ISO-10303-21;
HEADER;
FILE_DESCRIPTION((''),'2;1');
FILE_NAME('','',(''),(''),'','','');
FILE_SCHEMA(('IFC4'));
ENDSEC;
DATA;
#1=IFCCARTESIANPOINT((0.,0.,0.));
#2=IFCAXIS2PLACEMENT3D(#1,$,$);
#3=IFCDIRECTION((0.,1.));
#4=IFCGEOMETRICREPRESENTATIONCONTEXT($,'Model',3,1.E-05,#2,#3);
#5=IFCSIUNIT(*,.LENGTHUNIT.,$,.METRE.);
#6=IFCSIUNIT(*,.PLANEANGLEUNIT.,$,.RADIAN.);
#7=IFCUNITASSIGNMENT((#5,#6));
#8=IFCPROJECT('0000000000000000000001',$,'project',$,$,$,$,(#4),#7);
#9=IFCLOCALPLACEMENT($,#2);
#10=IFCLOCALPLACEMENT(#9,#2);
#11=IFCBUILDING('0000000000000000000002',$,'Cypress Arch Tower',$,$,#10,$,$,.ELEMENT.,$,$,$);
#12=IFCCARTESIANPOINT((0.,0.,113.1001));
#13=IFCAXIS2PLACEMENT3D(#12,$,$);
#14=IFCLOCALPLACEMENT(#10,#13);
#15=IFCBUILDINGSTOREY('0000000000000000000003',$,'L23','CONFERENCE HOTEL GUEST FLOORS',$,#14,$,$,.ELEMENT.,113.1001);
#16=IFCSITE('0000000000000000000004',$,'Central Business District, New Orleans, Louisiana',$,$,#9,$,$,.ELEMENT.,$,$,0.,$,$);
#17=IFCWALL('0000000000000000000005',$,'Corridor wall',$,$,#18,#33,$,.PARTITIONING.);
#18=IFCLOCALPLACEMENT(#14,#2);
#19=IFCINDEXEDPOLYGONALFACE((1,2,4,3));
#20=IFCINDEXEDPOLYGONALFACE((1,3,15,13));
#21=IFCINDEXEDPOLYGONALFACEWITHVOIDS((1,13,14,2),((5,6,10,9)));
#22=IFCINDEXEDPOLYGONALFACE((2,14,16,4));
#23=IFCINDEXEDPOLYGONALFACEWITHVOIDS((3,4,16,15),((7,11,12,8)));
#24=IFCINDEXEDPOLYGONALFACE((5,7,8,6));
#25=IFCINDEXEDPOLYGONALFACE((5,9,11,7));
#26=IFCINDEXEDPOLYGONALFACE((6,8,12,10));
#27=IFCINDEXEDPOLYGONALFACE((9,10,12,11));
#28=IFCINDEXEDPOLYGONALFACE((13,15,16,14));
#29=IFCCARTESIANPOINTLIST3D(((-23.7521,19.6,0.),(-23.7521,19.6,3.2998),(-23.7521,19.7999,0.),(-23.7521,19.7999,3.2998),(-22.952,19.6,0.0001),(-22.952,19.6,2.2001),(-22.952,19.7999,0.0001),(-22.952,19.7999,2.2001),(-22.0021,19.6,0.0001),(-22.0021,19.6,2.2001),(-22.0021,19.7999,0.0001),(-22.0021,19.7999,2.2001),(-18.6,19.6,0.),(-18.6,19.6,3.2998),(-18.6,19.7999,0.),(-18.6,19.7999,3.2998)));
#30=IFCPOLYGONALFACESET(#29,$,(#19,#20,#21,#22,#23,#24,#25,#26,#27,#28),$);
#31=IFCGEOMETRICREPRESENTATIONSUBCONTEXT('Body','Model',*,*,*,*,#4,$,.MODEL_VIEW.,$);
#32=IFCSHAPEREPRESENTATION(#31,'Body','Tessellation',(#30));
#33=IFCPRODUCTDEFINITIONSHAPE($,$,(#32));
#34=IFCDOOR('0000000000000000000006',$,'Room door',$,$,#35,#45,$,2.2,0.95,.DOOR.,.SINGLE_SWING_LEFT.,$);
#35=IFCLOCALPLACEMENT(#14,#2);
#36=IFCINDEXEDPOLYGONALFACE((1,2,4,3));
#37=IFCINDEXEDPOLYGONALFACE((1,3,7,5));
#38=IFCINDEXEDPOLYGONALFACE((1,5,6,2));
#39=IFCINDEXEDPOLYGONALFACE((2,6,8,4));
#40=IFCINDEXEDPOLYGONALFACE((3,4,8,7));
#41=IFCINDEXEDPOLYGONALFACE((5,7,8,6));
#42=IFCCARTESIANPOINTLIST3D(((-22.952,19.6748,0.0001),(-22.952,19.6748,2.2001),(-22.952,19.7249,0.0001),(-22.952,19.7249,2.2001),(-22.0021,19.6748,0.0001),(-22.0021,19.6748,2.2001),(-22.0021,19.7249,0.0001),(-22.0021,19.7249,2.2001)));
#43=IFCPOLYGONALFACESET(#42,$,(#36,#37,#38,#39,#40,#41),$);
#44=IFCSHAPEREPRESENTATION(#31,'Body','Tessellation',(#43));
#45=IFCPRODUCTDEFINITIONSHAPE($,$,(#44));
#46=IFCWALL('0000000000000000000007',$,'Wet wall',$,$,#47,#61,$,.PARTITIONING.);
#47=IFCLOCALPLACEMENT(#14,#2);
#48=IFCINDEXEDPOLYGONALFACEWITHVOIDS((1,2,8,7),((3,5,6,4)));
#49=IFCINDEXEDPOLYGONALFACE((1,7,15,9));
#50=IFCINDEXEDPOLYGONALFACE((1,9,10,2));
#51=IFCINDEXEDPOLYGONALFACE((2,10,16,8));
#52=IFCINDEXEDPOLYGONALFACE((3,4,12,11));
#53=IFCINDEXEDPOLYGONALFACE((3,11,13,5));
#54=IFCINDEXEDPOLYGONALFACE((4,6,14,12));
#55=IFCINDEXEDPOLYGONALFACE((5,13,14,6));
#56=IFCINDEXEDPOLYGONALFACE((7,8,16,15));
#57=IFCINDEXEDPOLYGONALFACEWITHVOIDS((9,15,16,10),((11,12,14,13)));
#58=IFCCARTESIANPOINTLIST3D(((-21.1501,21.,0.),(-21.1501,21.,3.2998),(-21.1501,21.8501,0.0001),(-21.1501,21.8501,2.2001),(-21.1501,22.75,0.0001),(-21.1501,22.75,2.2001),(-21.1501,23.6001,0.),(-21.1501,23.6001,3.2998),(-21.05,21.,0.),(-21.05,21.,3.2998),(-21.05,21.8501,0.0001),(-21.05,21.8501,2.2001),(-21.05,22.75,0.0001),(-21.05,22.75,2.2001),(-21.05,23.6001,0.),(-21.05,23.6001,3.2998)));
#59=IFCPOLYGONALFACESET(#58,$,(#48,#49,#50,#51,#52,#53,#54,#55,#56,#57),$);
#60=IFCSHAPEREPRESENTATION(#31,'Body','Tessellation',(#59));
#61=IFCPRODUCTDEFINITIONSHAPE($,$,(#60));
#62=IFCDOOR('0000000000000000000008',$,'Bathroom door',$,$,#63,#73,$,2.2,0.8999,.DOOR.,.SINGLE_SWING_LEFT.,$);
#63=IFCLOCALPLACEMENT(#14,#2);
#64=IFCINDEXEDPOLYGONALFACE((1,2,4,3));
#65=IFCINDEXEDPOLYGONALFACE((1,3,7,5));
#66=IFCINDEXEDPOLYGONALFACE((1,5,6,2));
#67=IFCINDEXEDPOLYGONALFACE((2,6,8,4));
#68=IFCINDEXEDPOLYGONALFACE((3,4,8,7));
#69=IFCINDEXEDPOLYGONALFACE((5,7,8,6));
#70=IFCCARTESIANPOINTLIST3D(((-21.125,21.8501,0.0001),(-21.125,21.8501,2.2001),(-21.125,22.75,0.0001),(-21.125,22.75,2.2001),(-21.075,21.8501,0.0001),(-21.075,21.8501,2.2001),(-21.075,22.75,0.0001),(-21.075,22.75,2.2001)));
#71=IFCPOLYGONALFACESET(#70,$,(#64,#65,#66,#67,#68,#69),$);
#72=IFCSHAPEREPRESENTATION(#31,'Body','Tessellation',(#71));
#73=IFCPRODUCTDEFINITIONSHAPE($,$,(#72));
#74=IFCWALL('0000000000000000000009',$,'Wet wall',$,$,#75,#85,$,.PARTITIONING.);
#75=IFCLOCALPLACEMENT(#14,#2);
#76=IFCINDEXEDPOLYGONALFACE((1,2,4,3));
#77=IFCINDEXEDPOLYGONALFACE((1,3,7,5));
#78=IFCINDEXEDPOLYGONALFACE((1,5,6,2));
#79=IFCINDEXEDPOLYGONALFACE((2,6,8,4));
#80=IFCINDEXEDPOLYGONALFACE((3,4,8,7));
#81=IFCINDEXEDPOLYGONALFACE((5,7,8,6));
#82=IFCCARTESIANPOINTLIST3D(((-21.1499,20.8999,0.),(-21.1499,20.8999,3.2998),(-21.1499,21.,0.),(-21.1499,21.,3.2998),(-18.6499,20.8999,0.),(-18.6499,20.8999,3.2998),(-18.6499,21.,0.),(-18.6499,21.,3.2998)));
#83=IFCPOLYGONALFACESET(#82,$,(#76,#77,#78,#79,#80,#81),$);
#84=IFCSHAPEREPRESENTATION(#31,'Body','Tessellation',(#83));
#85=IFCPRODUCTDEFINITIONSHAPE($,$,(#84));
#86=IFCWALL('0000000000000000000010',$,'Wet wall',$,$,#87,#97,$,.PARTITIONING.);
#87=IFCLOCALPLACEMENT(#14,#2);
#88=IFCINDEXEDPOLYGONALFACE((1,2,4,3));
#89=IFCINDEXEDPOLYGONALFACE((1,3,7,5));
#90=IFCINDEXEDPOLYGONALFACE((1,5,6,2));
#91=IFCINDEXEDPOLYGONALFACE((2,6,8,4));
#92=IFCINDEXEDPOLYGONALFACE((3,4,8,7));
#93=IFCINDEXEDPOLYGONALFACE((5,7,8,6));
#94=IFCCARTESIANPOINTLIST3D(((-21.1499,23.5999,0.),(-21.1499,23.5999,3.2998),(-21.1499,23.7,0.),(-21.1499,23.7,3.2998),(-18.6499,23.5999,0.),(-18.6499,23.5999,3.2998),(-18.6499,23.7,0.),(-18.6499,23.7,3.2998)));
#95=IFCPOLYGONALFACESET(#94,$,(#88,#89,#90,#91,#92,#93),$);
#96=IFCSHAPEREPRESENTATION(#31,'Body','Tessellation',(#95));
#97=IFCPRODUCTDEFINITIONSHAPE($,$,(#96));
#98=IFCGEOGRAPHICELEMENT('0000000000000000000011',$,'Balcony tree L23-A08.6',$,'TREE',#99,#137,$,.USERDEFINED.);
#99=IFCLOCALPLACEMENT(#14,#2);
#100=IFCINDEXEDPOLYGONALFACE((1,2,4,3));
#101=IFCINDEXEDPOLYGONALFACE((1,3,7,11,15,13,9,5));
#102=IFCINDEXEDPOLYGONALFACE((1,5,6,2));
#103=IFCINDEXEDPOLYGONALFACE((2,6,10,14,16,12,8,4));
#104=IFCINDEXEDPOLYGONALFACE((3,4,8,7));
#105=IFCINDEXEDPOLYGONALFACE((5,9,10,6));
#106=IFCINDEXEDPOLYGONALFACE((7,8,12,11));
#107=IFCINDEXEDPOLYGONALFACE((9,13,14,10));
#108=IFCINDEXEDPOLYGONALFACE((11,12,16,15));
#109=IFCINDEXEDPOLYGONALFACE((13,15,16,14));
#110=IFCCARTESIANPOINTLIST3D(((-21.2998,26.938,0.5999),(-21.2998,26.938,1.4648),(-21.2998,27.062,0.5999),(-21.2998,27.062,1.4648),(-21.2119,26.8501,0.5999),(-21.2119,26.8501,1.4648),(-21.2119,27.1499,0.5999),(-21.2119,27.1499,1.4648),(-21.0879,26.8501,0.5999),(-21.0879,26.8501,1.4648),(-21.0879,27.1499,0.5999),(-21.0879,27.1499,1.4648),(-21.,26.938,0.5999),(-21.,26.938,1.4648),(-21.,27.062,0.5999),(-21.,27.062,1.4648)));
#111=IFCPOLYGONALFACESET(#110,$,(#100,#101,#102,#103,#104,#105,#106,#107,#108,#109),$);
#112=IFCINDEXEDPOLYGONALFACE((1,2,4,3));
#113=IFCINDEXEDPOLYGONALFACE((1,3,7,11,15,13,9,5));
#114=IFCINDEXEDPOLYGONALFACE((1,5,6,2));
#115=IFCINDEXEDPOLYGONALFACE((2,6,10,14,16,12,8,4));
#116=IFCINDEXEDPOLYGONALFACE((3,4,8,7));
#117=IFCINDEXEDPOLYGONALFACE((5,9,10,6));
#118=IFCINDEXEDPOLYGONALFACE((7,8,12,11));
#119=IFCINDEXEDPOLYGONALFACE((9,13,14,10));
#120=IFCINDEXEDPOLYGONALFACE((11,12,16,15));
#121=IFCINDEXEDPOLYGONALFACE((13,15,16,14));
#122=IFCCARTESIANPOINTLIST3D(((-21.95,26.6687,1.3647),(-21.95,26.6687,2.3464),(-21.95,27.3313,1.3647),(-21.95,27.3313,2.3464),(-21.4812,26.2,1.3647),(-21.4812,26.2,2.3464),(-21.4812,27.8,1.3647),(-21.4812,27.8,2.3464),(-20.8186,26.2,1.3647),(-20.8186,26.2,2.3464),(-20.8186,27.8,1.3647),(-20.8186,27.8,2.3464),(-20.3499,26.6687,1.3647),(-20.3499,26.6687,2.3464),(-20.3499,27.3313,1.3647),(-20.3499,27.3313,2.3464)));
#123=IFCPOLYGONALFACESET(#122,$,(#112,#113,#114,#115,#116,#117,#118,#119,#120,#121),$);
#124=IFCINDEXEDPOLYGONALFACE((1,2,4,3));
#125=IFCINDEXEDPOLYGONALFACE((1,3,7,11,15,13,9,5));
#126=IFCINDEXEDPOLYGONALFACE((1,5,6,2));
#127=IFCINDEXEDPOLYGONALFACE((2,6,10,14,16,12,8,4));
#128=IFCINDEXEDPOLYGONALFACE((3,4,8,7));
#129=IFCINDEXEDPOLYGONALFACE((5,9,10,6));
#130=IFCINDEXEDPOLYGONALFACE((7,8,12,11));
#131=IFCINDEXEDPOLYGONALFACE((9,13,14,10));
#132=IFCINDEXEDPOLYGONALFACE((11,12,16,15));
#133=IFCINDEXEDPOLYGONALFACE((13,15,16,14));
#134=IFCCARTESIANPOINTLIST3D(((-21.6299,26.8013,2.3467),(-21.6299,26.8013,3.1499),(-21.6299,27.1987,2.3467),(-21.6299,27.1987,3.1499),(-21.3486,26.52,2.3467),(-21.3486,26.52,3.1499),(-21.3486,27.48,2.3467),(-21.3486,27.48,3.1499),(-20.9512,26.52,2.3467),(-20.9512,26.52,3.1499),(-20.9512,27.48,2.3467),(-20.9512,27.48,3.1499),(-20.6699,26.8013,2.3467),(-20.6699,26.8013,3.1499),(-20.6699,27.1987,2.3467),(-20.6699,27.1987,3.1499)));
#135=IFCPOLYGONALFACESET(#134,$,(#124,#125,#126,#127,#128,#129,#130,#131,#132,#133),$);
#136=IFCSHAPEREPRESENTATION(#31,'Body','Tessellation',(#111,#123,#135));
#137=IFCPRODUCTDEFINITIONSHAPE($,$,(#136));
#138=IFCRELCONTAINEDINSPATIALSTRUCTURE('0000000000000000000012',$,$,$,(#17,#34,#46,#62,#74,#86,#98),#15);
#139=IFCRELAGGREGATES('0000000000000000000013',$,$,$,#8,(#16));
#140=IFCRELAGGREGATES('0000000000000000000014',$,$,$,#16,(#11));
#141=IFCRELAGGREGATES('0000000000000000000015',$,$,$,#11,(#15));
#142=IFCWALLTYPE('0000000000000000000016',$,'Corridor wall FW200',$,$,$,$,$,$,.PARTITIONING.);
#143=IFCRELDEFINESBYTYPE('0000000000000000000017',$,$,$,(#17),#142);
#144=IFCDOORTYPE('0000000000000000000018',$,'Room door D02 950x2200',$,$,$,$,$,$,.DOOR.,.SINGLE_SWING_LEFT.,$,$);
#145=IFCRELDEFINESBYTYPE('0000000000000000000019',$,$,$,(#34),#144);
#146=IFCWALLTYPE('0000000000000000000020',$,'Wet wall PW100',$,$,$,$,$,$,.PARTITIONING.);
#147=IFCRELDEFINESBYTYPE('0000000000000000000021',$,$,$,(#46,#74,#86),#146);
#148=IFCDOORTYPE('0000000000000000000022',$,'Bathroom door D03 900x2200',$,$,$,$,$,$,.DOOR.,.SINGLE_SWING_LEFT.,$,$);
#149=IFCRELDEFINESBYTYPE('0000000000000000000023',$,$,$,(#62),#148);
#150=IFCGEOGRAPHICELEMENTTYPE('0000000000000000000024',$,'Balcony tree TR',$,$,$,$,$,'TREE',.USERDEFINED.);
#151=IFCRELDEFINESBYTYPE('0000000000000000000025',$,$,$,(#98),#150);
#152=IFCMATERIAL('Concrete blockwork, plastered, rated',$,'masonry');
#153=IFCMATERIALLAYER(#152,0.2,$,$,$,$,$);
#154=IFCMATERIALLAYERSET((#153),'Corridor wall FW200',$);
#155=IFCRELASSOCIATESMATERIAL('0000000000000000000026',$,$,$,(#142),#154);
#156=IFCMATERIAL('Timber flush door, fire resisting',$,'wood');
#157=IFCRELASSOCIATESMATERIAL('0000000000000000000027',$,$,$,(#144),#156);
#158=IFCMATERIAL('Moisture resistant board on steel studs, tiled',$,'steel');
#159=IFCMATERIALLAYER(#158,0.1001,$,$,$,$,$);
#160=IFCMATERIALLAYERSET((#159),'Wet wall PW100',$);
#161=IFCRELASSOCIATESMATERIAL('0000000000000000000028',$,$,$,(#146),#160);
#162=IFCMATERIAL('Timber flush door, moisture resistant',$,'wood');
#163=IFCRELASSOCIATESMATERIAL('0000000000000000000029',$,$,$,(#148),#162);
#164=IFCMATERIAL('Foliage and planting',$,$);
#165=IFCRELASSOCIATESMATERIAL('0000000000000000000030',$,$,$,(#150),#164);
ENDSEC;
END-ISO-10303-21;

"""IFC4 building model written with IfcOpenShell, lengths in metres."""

from ifc_helpers import new_model, si_unit, direction, frame, frame_2d, origin, place, context, subcontext, project, spatial, polyline, rectangle, outline, extrude, material, layer, layer_set, type_object, element, fill, save


model = new_model("IFC4")

# Units and contexts
model_context = context("Model", 3, precision=1e-05, world=origin(), true_north=direction((0.0, 1.0)))
body_context = subcontext(model_context, "Body", "Model", "MODEL_VIEW")
ifc_project = project(units=[si_unit("LENGTHUNIT", "METRE"), si_unit("PLANEANGLEUNIT", "RADIAN")], contexts=[model_context])

# Site, building, storey
site_placement = place(None, origin())
site = spatial("IfcSite", under=ifc_project, at=site_placement, Name="Central Business District, New Orleans, Louisiana", CompositionType="ELEMENT", RefElevation=0.0)
building_placement = place(site_placement, origin())
building = spatial("IfcBuilding", under=site, at=building_placement, Name="Cypress Arch Tower", CompositionType="ELEMENT")
storey_placement = place(building_placement, frame((0.0, 0.0, 113.1001)))
storey = spatial("IfcBuildingStorey", under=building, at=storey_placement, Name="L23", Description="CONFERENCE HOTEL GUEST FLOORS", CompositionType="ELEMENT", Elevation=113.1001)

# Walls, openings, doors
ifc_material_1 = material(Name="Concrete blockwork, plastered, rated", Category="masonry")
ifc_layer_1 = layer(ifc_material_1, 0.2)
ifc_layer_set_1 = layer_set([ifc_layer_1], Name="Corridor wall FW200")
wall_type_1 = type_object("IfcWallType", Name="Corridor wall FW200", PredefinedType="PARTITIONING", material=ifc_layer_set_1)
wall_1_placement = place(storey_placement, frame((-23.7522, 19.7, 0.0), z_axis=(0.0, 0.0, 1.0), x_axis=(1.0, 0.0, 0.0)))
wall_1 = element("IfcWall", 1, at=wall_1_placement, inside=storey, type_object=wall_type_1, Name="Corridor wall", PredefinedType="PARTITIONING", context=body_context, shape_type="SweptSolid", body=[
    extrude(rectangle(XDim=5.1521, YDim=0.2, at=frame_2d((2.5762, 0.0))), origin(), (0.0, 0.0, 1.0), 3.2998),
])
opening_1_placement = place(wall_1_placement, frame((0.8, 0.0, 0.0)))
opening_1 = element("IfcOpeningElement", 2, at=opening_1_placement, cuts=wall_1, PredefinedType="OPENING", context=body_context, shape_type="SweptSolid", body=[
    extrude(rectangle(XDim=0.95, YDim=2.2, at=frame_2d((0.4751, 1.1001))), frame((0.0, 0.1099, 0.0), z_axis=(0.0, -1.0, 0.0), x_axis=(1.0, 0.0, 0.0)), (0.0, 0.0, 1.0), 0.22),
])
ifc_material_2 = material(Name="Timber flush door, fire resisting", Category="wood")
door_type_1 = type_object("IfcDoorType", Name="Room door D02 950x2200", OperationType="SINGLE_SWING_LEFT", PredefinedType="DOOR", material=ifc_material_2)
door_1_placement = place(opening_1_placement, origin())
door_1 = element("IfcDoor", 3, at=door_1_placement, inside=storey, type_object=door_type_1, Name="Room door", OperationType="SINGLE_SWING_LEFT", OverallHeight=2.2, OverallWidth=0.95, PredefinedType="DOOR", context=body_context, shape_type="SweptSolid", body=[
    extrude(rectangle(XDim=0.95, YDim=2.2, at=frame_2d((0.4751, 1.1001))), frame((0.0, 0.0249, 0.0), z_axis=(0.0, -1.0, 0.0), x_axis=(1.0, 0.0, 0.0)), (0.0, 0.0, 1.0), 0.05),
])
fill(opening_1, door_1)
ifc_material_3 = material(Name="Moisture resistant board on steel studs, tiled", Category="steel")
ifc_layer_2 = layer(ifc_material_3, 0.1001)
ifc_layer_set_2 = layer_set([ifc_layer_2], Name="Wet wall PW100")
wall_type_2 = type_object("IfcWallType", Name="Wet wall PW100", PredefinedType="PARTITIONING", material=ifc_layer_set_2)
wall_2_placement = place(storey_placement, frame((-21.1001, 21.0, 0.0), z_axis=(0.0, 0.0, 1.0), x_axis=(0.0, 1.0, 0.0)))
wall_2 = element("IfcWall", 4, at=wall_2_placement, inside=storey, type_object=wall_type_2, Name="Wet wall", PredefinedType="PARTITIONING", context=body_context, shape_type="SweptSolid", body=[
    extrude(rectangle(XDim=2.6001, YDim=0.1001, at=frame_2d((1.3, 0.0))), origin(), (0.0, 0.0, 1.0), 3.2998),
])
opening_2_placement = place(wall_2_placement, frame((0.8501, 0.0, 0.0)))
opening_2 = element("IfcOpeningElement", 5, at=opening_2_placement, cuts=wall_2, PredefinedType="OPENING", context=body_context, shape_type="SweptSolid", body=[
    extrude(rectangle(XDim=0.8999, YDim=2.2, at=frame_2d((0.45, 1.1001))), frame((0.0, 0.0601, 0.0), z_axis=(0.0, -1.0, 0.0), x_axis=(1.0, 0.0, 0.0)), (0.0, 0.0, 1.0), 0.1201),
])
ifc_material_4 = material(Name="Timber flush door, moisture resistant", Category="wood")
door_type_2 = type_object("IfcDoorType", Name="Bathroom door D03 900x2200", OperationType="SINGLE_SWING_LEFT", PredefinedType="DOOR", material=ifc_material_4)
door_2_placement = place(opening_2_placement, origin())
door_2 = element("IfcDoor", 6, at=door_2_placement, inside=storey, type_object=door_type_2, Name="Bathroom door", OperationType="SINGLE_SWING_LEFT", OverallHeight=2.2, OverallWidth=0.8999, PredefinedType="DOOR", context=body_context, shape_type="SweptSolid", body=[
    extrude(rectangle(XDim=0.8999, YDim=2.2, at=frame_2d((0.45, 1.1001))), frame((0.0, 0.0249, 0.0), z_axis=(0.0, -1.0, 0.0), x_axis=(1.0, 0.0, 0.0)), (0.0, 0.0, 1.0), 0.05),
])
fill(opening_2, door_2)

# Walls
for number, where, z_axis, x_axis, name in (
    (7, (-21.1499, 20.95, 0.0), (0.0, 0.0, 1.0), (1.0, 0.0, 0.0), "Wet wall"),
    (8, (-21.1499, 23.6499, 0.0), (0.0, 0.0, 1.0), (1.0, 0.0, 0.0), "Wet wall"),
):
    element("IfcWall", number, at=place(storey_placement, frame(where, z_axis=z_axis, x_axis=x_axis)), inside=storey, type_object=wall_type_2, Name=name, PredefinedType="PARTITIONING", context=body_context, shape_type="SweptSolid", body=[
        extrude(rectangle(XDim=2.5, YDim=0.1001, at=frame_2d((1.25, 0.0))), origin(), (0.0, 0.0, 1.0), 3.2998),
    ])

# Geographic element
ifc_material_5 = material(Name="Foliage and planting")
geographic_element_type = type_object("IfcGeographicElementType", Name="Balcony tree TR", ElementType="TREE", PredefinedType="USERDEFINED", material=ifc_material_5)
geographic_element_placement = place(storey_placement, frame((-21.1499, 27.0, 0.5999), z_axis=(0.0, 0.0, 1.0), x_axis=(1.0, 0.0, 0.0)))
element("IfcGeographicElement", 9, at=geographic_element_placement, inside=storey, type_object=geographic_element_type, Name="Balcony tree L23-A08.6", ObjectType="TREE", PredefinedType="USERDEFINED", context=body_context, shape_type="SweptSolid", body=[
    extrude(outline(polyline([(0.1499, 0.062), (0.062, 0.1499), (-0.062, 0.1499), (-0.1499, 0.062), (-0.1499, -0.062), (-0.062, -0.1499), (0.062, -0.1499), (0.1499, -0.062), (0.1499, 0.062)])), origin(), (0.0, 0.0, 1.0), 0.865),
    extrude(outline(polyline([(0.8, 0.3313), (0.3313, 0.8), (-0.3313, 0.8), (-0.8, 0.3313), (-0.8, -0.3313), (-0.3313, -0.8), (0.3313, -0.8), (0.8, -0.3313), (0.8, 0.3313)])), frame((0.0, 0.0, 0.7649)), (0.0, 0.0, 1.0), 0.9817),
    extrude(outline(polyline([(0.48, 0.1987), (0.1987, 0.48), (-0.1987, 0.48), (-0.48, 0.1987), (-0.48, -0.1987), (-0.1987, -0.48), (0.1987, -0.48), (0.48, -0.1987), (0.48, 0.1987)])), frame((0.0, 0.0, 1.7468)), (0.0, 0.0, 1.0), 0.8032),
])

save(model, "model.ifc")
